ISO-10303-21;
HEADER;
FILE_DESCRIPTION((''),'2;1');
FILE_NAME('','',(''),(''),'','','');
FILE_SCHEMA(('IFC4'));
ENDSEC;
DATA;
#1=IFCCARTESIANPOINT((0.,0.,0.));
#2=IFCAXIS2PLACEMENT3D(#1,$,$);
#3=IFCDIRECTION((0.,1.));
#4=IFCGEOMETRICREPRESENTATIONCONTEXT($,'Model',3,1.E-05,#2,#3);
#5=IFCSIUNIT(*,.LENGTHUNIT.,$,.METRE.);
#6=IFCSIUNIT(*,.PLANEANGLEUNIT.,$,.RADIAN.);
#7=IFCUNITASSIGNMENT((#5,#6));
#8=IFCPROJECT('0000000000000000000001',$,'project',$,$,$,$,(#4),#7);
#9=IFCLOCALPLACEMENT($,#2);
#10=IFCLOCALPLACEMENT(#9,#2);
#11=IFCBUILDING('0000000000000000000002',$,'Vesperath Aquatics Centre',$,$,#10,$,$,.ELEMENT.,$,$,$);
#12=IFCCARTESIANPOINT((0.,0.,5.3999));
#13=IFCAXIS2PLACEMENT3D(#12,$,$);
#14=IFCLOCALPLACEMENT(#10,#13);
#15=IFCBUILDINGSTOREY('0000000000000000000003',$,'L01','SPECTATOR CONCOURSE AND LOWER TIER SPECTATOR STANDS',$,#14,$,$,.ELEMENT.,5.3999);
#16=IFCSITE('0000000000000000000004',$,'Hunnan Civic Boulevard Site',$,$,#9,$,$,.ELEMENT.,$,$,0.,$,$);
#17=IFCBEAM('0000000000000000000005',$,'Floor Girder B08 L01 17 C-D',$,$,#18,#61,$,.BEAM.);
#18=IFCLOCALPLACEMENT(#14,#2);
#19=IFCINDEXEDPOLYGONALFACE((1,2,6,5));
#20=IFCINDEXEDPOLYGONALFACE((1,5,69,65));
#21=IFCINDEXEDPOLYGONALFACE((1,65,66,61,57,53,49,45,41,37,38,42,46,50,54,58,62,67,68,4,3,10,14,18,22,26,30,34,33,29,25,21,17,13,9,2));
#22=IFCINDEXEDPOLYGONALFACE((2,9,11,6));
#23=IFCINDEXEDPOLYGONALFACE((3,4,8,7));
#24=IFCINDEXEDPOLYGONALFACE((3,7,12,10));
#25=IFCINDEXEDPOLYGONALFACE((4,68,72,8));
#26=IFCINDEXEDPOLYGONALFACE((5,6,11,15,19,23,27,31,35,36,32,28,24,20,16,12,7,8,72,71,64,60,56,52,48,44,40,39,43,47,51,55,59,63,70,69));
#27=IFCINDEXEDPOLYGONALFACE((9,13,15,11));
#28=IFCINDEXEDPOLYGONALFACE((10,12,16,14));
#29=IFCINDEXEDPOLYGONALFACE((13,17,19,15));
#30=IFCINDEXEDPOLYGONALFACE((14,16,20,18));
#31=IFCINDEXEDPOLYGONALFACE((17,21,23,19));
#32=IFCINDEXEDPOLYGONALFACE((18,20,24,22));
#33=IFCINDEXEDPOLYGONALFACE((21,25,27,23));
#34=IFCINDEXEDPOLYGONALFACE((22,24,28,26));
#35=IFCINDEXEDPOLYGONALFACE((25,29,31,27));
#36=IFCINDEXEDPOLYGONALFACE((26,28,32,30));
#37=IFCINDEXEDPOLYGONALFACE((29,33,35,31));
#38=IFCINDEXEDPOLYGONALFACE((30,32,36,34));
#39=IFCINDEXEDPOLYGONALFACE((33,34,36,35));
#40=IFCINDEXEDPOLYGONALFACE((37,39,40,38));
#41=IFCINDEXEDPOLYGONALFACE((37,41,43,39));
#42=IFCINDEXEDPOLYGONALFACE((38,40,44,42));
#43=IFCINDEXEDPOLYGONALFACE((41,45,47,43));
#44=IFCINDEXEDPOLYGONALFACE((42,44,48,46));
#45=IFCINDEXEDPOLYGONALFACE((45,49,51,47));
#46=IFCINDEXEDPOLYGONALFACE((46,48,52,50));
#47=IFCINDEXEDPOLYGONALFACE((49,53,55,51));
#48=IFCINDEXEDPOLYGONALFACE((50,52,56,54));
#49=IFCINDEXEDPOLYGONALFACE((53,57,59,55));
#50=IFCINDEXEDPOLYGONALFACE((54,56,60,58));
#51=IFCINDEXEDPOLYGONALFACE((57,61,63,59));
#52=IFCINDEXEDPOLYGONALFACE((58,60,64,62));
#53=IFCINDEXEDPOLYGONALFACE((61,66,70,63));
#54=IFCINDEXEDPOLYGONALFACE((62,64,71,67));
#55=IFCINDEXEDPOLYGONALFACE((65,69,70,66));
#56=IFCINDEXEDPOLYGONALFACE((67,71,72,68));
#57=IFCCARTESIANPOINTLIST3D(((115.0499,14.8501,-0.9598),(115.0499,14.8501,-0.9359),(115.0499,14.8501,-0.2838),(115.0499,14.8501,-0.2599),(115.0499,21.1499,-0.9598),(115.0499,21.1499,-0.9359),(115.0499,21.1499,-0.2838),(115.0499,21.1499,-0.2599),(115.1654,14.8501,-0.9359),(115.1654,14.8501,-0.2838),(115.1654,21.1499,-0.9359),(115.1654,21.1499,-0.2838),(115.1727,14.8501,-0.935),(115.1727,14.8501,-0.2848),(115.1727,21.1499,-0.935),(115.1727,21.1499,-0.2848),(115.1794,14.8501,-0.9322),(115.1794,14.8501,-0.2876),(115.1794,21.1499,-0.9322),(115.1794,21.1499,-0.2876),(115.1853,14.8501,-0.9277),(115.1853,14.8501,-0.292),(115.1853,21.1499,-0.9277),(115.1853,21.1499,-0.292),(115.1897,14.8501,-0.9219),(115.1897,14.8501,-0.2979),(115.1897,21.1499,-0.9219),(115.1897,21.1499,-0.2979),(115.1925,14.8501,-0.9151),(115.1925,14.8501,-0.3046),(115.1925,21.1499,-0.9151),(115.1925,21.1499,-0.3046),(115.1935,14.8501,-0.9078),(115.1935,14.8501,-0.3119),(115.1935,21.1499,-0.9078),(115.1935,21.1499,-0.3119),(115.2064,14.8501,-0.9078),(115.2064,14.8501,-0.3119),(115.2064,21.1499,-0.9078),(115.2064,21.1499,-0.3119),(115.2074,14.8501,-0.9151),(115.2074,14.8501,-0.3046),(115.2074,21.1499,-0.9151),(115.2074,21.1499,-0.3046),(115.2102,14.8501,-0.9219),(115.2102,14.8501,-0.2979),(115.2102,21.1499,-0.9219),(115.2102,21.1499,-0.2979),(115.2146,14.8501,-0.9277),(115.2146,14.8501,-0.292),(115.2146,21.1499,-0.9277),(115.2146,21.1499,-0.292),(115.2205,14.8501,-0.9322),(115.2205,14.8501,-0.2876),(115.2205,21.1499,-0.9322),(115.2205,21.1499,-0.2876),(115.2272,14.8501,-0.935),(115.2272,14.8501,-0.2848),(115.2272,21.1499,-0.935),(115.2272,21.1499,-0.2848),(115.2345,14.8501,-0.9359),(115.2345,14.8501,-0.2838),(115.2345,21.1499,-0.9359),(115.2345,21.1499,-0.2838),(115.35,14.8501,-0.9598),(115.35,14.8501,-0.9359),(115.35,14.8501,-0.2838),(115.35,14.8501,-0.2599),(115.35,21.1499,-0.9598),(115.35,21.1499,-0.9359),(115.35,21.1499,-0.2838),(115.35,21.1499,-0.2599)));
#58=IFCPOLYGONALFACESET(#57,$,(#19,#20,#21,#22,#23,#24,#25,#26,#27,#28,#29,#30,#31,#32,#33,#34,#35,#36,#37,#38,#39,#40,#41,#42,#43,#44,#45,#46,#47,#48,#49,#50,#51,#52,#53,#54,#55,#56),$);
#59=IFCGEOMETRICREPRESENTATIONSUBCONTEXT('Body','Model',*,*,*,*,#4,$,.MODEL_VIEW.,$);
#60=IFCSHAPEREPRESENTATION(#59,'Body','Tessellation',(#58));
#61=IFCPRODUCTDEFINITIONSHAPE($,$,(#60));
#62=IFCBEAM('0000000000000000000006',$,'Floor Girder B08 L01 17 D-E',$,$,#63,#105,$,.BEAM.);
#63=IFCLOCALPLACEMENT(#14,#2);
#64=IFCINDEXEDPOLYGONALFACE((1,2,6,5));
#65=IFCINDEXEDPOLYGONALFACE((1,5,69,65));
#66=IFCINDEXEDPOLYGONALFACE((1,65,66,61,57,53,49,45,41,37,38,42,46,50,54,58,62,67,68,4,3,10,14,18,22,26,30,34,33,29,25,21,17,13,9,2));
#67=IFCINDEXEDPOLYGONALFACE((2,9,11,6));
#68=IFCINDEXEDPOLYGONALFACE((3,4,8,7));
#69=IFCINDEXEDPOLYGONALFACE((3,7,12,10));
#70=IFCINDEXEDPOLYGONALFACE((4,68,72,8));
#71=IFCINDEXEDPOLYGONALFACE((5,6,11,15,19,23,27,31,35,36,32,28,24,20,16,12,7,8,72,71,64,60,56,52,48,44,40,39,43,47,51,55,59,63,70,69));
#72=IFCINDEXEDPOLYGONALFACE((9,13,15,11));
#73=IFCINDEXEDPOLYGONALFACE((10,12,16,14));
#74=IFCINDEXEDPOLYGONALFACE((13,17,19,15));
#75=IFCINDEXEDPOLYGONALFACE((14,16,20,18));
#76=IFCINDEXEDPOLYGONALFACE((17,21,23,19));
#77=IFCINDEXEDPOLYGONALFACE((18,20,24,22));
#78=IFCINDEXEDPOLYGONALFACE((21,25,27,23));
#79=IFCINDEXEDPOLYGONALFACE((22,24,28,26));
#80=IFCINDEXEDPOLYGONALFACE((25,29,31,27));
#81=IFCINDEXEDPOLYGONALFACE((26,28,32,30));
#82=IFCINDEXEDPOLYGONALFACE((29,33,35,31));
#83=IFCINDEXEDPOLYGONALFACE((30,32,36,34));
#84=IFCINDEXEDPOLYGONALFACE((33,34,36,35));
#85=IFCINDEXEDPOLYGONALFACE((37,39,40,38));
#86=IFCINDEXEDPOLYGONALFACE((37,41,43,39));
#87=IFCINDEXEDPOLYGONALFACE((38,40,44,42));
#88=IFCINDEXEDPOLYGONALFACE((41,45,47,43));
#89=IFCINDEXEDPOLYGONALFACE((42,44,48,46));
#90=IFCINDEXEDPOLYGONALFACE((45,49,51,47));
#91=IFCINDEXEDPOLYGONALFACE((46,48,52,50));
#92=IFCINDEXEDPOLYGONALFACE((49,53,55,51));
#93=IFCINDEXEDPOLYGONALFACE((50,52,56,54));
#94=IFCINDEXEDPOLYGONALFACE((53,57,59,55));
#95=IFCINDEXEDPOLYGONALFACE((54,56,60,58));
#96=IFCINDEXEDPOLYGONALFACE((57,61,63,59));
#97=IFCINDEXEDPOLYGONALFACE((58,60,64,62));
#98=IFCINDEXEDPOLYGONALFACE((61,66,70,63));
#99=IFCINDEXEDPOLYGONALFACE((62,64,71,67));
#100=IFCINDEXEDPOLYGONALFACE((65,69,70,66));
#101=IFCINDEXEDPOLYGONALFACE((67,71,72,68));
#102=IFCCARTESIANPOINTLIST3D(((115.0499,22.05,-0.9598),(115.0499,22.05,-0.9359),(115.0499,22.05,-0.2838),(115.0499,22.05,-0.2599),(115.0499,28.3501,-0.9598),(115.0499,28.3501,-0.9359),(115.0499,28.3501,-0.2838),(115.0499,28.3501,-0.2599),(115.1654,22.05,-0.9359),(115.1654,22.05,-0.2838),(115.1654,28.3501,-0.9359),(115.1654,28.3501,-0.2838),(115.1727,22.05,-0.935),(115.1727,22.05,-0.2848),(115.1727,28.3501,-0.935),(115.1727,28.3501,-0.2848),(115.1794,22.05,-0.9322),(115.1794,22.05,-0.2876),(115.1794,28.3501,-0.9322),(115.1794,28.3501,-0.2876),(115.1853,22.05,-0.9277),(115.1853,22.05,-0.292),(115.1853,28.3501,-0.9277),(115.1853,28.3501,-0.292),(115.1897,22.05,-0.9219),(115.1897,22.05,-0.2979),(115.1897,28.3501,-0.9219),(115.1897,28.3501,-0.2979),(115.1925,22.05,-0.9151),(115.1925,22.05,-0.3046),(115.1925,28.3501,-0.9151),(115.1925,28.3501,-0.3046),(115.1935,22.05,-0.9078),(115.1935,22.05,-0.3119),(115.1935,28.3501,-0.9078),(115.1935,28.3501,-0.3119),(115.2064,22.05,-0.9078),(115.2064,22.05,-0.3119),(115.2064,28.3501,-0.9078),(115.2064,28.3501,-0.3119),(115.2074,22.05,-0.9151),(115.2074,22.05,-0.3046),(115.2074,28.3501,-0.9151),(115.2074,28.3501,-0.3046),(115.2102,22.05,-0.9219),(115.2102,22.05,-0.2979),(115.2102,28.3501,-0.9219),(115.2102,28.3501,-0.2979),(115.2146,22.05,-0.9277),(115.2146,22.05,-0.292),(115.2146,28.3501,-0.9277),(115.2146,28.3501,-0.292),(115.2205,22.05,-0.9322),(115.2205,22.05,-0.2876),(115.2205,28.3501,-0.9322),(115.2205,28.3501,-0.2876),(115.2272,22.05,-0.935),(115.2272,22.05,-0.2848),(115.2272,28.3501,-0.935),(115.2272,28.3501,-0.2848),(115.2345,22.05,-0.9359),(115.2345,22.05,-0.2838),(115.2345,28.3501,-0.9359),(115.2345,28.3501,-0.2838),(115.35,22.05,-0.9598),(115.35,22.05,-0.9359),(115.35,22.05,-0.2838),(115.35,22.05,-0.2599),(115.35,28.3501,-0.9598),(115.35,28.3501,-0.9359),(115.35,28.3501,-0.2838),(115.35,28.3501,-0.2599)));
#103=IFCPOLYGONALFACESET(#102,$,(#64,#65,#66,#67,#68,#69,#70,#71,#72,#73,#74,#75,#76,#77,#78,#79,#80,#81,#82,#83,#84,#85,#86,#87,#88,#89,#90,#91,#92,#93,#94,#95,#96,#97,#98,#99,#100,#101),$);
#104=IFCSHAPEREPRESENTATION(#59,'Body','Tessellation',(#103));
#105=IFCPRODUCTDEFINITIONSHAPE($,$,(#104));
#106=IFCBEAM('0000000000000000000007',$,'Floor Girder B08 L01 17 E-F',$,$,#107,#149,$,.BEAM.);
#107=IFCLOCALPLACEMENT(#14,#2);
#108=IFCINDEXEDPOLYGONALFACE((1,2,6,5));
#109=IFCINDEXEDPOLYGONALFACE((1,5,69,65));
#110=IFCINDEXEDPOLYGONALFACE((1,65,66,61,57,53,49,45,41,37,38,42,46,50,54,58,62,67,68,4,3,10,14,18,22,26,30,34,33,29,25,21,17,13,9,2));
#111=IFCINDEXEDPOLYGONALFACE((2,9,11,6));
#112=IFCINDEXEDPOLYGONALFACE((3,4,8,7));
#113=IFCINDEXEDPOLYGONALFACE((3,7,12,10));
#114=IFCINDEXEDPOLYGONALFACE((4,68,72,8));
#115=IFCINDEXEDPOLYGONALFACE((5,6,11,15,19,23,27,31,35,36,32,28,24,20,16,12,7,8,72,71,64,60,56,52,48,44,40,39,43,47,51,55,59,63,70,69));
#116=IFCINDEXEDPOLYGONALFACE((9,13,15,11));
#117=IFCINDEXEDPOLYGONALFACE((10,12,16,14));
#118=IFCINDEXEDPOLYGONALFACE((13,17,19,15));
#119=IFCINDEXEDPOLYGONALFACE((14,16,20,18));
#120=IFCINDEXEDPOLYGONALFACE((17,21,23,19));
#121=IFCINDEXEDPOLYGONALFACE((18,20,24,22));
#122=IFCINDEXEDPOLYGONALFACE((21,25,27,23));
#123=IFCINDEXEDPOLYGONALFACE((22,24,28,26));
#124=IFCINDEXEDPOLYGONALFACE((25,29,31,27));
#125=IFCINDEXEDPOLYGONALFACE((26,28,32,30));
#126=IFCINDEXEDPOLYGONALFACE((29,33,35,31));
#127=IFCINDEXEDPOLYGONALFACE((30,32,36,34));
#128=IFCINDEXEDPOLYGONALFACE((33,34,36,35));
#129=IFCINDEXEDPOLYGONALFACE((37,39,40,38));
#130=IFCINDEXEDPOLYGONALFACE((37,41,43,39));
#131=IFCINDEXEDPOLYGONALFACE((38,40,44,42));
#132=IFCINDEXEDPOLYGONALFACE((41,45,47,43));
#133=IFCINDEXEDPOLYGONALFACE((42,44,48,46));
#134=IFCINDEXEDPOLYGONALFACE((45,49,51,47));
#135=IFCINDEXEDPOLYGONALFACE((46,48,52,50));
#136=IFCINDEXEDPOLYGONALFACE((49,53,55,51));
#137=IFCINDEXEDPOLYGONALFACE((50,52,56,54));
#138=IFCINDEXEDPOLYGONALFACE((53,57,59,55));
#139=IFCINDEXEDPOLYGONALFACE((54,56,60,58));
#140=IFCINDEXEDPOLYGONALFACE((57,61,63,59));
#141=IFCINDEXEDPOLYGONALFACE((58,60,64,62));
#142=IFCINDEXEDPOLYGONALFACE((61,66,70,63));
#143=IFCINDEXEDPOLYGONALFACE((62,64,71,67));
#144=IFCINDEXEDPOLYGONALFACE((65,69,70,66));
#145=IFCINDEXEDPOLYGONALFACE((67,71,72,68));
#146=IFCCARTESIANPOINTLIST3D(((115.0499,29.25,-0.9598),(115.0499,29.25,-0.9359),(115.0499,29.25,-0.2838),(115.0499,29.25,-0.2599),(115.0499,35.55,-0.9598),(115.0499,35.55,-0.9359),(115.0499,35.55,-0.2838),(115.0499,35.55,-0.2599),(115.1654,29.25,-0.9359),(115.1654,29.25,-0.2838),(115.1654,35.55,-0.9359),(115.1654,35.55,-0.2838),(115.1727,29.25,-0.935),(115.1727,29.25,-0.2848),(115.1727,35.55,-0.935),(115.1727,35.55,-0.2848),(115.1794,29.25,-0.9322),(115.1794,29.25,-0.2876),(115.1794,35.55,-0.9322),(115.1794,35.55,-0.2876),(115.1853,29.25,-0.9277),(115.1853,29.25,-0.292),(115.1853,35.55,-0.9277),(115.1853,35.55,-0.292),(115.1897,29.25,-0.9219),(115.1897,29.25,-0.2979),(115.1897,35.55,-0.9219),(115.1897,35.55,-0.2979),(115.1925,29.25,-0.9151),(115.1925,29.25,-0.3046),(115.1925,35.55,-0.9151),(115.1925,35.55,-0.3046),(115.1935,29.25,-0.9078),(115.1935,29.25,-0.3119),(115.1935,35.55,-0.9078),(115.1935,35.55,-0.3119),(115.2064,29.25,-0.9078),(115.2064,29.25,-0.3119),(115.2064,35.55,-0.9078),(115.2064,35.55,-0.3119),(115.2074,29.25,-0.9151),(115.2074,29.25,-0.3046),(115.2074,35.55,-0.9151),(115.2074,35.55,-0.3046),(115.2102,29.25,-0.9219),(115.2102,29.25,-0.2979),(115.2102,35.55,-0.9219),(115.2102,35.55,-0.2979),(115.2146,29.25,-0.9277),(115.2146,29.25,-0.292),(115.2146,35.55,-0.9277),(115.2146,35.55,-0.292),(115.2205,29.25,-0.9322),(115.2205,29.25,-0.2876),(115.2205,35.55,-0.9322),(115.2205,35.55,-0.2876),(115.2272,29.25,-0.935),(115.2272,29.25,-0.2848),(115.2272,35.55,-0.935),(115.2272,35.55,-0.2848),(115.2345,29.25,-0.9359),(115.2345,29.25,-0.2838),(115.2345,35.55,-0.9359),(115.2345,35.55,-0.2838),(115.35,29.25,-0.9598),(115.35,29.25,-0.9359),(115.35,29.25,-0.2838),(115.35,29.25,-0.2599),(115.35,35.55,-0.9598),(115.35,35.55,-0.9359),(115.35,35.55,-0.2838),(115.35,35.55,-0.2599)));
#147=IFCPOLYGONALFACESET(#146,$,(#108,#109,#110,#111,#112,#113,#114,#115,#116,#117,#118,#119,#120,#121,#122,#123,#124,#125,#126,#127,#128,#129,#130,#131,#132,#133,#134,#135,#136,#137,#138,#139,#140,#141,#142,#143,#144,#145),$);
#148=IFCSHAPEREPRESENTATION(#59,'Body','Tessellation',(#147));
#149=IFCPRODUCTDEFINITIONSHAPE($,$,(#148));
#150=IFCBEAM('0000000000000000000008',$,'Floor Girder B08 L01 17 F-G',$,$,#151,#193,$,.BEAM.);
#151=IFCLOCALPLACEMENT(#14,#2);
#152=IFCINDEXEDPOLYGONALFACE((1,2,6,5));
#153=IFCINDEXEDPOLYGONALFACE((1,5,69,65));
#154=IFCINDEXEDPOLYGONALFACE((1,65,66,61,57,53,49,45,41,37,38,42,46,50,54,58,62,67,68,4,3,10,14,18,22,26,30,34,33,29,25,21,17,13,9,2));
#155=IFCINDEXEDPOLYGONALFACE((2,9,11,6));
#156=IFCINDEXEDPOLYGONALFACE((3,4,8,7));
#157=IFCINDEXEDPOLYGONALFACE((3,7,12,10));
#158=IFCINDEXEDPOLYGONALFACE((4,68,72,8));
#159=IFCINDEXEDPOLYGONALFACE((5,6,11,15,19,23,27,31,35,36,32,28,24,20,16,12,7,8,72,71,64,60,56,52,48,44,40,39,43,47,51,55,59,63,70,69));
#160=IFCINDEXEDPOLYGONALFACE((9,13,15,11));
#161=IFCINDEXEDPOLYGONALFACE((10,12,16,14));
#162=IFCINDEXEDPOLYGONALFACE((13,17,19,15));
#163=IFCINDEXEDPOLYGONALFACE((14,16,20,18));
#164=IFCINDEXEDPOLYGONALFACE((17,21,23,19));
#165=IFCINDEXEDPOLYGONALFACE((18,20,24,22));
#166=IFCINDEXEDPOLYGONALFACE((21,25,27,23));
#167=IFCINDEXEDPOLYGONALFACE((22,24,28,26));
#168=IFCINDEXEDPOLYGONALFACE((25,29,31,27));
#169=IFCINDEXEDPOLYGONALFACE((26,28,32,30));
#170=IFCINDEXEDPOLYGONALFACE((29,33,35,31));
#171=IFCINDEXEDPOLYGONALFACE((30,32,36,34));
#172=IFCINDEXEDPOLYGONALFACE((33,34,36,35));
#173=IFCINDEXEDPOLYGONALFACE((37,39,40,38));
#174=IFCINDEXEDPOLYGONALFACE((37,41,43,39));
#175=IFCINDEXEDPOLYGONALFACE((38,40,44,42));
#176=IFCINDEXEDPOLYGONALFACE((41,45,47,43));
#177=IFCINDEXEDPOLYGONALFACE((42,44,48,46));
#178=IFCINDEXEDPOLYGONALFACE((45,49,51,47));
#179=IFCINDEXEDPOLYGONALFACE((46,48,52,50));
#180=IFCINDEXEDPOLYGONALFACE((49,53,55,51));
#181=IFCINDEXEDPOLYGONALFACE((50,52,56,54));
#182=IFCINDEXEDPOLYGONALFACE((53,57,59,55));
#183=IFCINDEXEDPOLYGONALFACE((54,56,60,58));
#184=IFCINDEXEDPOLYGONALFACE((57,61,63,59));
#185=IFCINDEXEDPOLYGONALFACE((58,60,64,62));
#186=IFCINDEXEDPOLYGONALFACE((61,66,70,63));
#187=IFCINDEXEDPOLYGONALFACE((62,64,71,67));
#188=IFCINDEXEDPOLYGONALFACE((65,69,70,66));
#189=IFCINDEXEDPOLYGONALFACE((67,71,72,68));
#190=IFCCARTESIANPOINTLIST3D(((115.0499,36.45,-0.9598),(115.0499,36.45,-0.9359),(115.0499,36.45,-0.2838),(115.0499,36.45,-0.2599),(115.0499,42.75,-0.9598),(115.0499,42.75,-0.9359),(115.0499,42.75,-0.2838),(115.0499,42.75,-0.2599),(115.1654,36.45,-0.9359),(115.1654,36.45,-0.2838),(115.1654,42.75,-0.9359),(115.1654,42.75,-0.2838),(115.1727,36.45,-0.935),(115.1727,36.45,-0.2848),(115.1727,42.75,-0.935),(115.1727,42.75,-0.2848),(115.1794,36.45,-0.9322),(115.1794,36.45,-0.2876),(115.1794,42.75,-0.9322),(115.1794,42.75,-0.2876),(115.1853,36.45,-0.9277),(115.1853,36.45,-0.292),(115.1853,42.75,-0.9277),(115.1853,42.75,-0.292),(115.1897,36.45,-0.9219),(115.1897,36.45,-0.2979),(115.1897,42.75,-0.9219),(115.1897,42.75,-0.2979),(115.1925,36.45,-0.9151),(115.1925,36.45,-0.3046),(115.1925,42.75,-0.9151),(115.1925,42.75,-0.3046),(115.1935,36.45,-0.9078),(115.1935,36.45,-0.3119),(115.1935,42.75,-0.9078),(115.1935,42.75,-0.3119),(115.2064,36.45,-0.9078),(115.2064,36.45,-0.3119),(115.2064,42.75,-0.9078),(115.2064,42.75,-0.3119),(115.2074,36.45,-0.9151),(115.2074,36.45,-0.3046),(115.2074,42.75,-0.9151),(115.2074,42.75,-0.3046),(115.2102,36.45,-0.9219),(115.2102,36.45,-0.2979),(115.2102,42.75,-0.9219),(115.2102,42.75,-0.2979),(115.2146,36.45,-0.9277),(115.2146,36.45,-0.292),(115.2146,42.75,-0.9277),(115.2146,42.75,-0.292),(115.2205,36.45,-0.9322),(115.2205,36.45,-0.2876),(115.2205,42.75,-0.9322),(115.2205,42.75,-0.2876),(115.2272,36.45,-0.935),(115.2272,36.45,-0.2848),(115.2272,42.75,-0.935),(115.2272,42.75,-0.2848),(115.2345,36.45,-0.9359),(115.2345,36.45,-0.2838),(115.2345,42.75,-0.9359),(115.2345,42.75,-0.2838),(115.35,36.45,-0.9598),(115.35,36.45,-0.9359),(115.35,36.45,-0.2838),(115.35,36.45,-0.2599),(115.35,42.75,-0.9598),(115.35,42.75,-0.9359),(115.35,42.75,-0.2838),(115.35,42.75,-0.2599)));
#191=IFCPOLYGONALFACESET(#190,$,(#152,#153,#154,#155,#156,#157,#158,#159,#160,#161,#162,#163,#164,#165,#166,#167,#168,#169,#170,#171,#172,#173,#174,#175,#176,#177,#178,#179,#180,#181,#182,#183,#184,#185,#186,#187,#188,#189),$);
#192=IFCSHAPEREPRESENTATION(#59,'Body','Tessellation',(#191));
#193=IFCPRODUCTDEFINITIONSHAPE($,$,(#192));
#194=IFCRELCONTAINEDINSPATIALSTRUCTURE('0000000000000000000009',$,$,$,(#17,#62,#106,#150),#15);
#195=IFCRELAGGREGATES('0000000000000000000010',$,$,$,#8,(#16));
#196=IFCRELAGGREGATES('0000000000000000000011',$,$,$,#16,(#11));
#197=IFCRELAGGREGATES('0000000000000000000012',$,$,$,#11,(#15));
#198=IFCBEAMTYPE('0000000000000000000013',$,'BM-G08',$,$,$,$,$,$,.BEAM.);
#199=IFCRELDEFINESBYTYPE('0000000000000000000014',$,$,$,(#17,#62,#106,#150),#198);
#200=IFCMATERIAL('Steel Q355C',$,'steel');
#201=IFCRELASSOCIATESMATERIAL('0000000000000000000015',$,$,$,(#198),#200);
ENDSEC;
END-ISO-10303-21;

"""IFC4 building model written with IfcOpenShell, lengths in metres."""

from ifc_helpers import new_model, si_unit, direction, frame, origin, origin_2d, place, context, subcontext, project, spatial, i_section, extrude, material, material_profile, profile_set, type_object, element, save


model = new_model("IFC4")

# Units and contexts
model_context = context("Model", 3, precision=1e-05, world=origin(), true_north=direction((0.0, 1.0)))
body_context = subcontext(model_context, "Body", "Model", "MODEL_VIEW")
ifc_project = project(units=[si_unit("LENGTHUNIT", "METRE"), si_unit("PLANEANGLEUNIT", "RADIAN")], contexts=[model_context])

# Site, building, storey
site_placement = place(None, origin())
site = spatial("IfcSite", under=ifc_project, at=site_placement, Name="Hunnan Civic Boulevard Site", CompositionType="ELEMENT", RefElevation=0.0)
building_placement = place(site_placement, origin())
building = spatial("IfcBuilding", under=site, at=building_placement, Name="Vesperath Aquatics Centre", CompositionType="ELEMENT")
storey_placement = place(building_placement, frame((0.0, 0.0, 5.3999)))
storey = spatial("IfcBuildingStorey", under=building, at=storey_placement, Name="L01", Description="SPECTATOR CONCOURSE AND LOWER TIER SPECTATOR STANDS", CompositionType="ELEMENT", Elevation=5.3999)

# Beams
ifc_material_1 = material(Name="Steel Q355C", Category="steel")
ifc_material_profile_1 = material_profile(ifc_material_1, i_section(OverallWidth=0.3, OverallDepth=0.7, WebThickness=0.0129, FlangeThickness=0.0239, FilletRadius=0.0281, at=origin_2d()), Name="HN 700x300x13x24")
ifc_profile_set_1 = profile_set([ifc_material_profile_1], Name="Steel Q355C")
beam_type_1 = type_object("IfcBeamType", Name="BM-G08", PredefinedType="BEAM", material=ifc_profile_set_1)
beam_1_placement = place(storey_placement, frame((115.2, 14.8501, -0.6099), z_axis=(0.0, 1.0, 0.0), x_axis=(-1.0, 0.0, 0.0)))
element("IfcBeam", 1, at=beam_1_placement, inside=storey, type_object=beam_type_1, Name="Floor Girder B08 L01 17 C-D", PredefinedType="BEAM", context=body_context, shape_type="SweptSolid", body=[
    extrude(i_section(OverallWidth=0.3, OverallDepth=0.7, WebThickness=0.0129, FlangeThickness=0.0239, FilletRadius=0.0281, at=origin_2d()), origin(), (0.0, 0.0, 1.0), 6.2998),
])
for number, where, z_axis, x_axis, name in (
    (2, (115.2, 22.05, -0.6099), (0.0, 1.0, 0.0), (-1.0, 0.0, 0.0), "Floor Girder B08 L01 17 D-E"),
    (3, (115.2, 29.25, -0.6099), (0.0, 1.0, 0.0), (-1.0, 0.0, 0.0), "Floor Girder B08 L01 17 E-F"),
    (4, (115.2, 36.45, -0.6099), (0.0, 1.0, 0.0), (-1.0, 0.0, 0.0), "Floor Girder B08 L01 17 F-G"),
):
    element("IfcBeam", number, at=place(storey_placement, frame(where, z_axis=z_axis, x_axis=x_axis)), inside=storey, type_object=beam_type_1, Name=name, PredefinedType="BEAM", context=body_context, shape_type="SweptSolid", body=[
        extrude(i_section(OverallWidth=0.3, OverallDepth=0.7, WebThickness=0.0129, FlangeThickness=0.0239, FilletRadius=0.0281, at=origin_2d()), origin(), (0.0, 0.0, 1.0), 6.3),
    ])

save(model, "model.ifc")
